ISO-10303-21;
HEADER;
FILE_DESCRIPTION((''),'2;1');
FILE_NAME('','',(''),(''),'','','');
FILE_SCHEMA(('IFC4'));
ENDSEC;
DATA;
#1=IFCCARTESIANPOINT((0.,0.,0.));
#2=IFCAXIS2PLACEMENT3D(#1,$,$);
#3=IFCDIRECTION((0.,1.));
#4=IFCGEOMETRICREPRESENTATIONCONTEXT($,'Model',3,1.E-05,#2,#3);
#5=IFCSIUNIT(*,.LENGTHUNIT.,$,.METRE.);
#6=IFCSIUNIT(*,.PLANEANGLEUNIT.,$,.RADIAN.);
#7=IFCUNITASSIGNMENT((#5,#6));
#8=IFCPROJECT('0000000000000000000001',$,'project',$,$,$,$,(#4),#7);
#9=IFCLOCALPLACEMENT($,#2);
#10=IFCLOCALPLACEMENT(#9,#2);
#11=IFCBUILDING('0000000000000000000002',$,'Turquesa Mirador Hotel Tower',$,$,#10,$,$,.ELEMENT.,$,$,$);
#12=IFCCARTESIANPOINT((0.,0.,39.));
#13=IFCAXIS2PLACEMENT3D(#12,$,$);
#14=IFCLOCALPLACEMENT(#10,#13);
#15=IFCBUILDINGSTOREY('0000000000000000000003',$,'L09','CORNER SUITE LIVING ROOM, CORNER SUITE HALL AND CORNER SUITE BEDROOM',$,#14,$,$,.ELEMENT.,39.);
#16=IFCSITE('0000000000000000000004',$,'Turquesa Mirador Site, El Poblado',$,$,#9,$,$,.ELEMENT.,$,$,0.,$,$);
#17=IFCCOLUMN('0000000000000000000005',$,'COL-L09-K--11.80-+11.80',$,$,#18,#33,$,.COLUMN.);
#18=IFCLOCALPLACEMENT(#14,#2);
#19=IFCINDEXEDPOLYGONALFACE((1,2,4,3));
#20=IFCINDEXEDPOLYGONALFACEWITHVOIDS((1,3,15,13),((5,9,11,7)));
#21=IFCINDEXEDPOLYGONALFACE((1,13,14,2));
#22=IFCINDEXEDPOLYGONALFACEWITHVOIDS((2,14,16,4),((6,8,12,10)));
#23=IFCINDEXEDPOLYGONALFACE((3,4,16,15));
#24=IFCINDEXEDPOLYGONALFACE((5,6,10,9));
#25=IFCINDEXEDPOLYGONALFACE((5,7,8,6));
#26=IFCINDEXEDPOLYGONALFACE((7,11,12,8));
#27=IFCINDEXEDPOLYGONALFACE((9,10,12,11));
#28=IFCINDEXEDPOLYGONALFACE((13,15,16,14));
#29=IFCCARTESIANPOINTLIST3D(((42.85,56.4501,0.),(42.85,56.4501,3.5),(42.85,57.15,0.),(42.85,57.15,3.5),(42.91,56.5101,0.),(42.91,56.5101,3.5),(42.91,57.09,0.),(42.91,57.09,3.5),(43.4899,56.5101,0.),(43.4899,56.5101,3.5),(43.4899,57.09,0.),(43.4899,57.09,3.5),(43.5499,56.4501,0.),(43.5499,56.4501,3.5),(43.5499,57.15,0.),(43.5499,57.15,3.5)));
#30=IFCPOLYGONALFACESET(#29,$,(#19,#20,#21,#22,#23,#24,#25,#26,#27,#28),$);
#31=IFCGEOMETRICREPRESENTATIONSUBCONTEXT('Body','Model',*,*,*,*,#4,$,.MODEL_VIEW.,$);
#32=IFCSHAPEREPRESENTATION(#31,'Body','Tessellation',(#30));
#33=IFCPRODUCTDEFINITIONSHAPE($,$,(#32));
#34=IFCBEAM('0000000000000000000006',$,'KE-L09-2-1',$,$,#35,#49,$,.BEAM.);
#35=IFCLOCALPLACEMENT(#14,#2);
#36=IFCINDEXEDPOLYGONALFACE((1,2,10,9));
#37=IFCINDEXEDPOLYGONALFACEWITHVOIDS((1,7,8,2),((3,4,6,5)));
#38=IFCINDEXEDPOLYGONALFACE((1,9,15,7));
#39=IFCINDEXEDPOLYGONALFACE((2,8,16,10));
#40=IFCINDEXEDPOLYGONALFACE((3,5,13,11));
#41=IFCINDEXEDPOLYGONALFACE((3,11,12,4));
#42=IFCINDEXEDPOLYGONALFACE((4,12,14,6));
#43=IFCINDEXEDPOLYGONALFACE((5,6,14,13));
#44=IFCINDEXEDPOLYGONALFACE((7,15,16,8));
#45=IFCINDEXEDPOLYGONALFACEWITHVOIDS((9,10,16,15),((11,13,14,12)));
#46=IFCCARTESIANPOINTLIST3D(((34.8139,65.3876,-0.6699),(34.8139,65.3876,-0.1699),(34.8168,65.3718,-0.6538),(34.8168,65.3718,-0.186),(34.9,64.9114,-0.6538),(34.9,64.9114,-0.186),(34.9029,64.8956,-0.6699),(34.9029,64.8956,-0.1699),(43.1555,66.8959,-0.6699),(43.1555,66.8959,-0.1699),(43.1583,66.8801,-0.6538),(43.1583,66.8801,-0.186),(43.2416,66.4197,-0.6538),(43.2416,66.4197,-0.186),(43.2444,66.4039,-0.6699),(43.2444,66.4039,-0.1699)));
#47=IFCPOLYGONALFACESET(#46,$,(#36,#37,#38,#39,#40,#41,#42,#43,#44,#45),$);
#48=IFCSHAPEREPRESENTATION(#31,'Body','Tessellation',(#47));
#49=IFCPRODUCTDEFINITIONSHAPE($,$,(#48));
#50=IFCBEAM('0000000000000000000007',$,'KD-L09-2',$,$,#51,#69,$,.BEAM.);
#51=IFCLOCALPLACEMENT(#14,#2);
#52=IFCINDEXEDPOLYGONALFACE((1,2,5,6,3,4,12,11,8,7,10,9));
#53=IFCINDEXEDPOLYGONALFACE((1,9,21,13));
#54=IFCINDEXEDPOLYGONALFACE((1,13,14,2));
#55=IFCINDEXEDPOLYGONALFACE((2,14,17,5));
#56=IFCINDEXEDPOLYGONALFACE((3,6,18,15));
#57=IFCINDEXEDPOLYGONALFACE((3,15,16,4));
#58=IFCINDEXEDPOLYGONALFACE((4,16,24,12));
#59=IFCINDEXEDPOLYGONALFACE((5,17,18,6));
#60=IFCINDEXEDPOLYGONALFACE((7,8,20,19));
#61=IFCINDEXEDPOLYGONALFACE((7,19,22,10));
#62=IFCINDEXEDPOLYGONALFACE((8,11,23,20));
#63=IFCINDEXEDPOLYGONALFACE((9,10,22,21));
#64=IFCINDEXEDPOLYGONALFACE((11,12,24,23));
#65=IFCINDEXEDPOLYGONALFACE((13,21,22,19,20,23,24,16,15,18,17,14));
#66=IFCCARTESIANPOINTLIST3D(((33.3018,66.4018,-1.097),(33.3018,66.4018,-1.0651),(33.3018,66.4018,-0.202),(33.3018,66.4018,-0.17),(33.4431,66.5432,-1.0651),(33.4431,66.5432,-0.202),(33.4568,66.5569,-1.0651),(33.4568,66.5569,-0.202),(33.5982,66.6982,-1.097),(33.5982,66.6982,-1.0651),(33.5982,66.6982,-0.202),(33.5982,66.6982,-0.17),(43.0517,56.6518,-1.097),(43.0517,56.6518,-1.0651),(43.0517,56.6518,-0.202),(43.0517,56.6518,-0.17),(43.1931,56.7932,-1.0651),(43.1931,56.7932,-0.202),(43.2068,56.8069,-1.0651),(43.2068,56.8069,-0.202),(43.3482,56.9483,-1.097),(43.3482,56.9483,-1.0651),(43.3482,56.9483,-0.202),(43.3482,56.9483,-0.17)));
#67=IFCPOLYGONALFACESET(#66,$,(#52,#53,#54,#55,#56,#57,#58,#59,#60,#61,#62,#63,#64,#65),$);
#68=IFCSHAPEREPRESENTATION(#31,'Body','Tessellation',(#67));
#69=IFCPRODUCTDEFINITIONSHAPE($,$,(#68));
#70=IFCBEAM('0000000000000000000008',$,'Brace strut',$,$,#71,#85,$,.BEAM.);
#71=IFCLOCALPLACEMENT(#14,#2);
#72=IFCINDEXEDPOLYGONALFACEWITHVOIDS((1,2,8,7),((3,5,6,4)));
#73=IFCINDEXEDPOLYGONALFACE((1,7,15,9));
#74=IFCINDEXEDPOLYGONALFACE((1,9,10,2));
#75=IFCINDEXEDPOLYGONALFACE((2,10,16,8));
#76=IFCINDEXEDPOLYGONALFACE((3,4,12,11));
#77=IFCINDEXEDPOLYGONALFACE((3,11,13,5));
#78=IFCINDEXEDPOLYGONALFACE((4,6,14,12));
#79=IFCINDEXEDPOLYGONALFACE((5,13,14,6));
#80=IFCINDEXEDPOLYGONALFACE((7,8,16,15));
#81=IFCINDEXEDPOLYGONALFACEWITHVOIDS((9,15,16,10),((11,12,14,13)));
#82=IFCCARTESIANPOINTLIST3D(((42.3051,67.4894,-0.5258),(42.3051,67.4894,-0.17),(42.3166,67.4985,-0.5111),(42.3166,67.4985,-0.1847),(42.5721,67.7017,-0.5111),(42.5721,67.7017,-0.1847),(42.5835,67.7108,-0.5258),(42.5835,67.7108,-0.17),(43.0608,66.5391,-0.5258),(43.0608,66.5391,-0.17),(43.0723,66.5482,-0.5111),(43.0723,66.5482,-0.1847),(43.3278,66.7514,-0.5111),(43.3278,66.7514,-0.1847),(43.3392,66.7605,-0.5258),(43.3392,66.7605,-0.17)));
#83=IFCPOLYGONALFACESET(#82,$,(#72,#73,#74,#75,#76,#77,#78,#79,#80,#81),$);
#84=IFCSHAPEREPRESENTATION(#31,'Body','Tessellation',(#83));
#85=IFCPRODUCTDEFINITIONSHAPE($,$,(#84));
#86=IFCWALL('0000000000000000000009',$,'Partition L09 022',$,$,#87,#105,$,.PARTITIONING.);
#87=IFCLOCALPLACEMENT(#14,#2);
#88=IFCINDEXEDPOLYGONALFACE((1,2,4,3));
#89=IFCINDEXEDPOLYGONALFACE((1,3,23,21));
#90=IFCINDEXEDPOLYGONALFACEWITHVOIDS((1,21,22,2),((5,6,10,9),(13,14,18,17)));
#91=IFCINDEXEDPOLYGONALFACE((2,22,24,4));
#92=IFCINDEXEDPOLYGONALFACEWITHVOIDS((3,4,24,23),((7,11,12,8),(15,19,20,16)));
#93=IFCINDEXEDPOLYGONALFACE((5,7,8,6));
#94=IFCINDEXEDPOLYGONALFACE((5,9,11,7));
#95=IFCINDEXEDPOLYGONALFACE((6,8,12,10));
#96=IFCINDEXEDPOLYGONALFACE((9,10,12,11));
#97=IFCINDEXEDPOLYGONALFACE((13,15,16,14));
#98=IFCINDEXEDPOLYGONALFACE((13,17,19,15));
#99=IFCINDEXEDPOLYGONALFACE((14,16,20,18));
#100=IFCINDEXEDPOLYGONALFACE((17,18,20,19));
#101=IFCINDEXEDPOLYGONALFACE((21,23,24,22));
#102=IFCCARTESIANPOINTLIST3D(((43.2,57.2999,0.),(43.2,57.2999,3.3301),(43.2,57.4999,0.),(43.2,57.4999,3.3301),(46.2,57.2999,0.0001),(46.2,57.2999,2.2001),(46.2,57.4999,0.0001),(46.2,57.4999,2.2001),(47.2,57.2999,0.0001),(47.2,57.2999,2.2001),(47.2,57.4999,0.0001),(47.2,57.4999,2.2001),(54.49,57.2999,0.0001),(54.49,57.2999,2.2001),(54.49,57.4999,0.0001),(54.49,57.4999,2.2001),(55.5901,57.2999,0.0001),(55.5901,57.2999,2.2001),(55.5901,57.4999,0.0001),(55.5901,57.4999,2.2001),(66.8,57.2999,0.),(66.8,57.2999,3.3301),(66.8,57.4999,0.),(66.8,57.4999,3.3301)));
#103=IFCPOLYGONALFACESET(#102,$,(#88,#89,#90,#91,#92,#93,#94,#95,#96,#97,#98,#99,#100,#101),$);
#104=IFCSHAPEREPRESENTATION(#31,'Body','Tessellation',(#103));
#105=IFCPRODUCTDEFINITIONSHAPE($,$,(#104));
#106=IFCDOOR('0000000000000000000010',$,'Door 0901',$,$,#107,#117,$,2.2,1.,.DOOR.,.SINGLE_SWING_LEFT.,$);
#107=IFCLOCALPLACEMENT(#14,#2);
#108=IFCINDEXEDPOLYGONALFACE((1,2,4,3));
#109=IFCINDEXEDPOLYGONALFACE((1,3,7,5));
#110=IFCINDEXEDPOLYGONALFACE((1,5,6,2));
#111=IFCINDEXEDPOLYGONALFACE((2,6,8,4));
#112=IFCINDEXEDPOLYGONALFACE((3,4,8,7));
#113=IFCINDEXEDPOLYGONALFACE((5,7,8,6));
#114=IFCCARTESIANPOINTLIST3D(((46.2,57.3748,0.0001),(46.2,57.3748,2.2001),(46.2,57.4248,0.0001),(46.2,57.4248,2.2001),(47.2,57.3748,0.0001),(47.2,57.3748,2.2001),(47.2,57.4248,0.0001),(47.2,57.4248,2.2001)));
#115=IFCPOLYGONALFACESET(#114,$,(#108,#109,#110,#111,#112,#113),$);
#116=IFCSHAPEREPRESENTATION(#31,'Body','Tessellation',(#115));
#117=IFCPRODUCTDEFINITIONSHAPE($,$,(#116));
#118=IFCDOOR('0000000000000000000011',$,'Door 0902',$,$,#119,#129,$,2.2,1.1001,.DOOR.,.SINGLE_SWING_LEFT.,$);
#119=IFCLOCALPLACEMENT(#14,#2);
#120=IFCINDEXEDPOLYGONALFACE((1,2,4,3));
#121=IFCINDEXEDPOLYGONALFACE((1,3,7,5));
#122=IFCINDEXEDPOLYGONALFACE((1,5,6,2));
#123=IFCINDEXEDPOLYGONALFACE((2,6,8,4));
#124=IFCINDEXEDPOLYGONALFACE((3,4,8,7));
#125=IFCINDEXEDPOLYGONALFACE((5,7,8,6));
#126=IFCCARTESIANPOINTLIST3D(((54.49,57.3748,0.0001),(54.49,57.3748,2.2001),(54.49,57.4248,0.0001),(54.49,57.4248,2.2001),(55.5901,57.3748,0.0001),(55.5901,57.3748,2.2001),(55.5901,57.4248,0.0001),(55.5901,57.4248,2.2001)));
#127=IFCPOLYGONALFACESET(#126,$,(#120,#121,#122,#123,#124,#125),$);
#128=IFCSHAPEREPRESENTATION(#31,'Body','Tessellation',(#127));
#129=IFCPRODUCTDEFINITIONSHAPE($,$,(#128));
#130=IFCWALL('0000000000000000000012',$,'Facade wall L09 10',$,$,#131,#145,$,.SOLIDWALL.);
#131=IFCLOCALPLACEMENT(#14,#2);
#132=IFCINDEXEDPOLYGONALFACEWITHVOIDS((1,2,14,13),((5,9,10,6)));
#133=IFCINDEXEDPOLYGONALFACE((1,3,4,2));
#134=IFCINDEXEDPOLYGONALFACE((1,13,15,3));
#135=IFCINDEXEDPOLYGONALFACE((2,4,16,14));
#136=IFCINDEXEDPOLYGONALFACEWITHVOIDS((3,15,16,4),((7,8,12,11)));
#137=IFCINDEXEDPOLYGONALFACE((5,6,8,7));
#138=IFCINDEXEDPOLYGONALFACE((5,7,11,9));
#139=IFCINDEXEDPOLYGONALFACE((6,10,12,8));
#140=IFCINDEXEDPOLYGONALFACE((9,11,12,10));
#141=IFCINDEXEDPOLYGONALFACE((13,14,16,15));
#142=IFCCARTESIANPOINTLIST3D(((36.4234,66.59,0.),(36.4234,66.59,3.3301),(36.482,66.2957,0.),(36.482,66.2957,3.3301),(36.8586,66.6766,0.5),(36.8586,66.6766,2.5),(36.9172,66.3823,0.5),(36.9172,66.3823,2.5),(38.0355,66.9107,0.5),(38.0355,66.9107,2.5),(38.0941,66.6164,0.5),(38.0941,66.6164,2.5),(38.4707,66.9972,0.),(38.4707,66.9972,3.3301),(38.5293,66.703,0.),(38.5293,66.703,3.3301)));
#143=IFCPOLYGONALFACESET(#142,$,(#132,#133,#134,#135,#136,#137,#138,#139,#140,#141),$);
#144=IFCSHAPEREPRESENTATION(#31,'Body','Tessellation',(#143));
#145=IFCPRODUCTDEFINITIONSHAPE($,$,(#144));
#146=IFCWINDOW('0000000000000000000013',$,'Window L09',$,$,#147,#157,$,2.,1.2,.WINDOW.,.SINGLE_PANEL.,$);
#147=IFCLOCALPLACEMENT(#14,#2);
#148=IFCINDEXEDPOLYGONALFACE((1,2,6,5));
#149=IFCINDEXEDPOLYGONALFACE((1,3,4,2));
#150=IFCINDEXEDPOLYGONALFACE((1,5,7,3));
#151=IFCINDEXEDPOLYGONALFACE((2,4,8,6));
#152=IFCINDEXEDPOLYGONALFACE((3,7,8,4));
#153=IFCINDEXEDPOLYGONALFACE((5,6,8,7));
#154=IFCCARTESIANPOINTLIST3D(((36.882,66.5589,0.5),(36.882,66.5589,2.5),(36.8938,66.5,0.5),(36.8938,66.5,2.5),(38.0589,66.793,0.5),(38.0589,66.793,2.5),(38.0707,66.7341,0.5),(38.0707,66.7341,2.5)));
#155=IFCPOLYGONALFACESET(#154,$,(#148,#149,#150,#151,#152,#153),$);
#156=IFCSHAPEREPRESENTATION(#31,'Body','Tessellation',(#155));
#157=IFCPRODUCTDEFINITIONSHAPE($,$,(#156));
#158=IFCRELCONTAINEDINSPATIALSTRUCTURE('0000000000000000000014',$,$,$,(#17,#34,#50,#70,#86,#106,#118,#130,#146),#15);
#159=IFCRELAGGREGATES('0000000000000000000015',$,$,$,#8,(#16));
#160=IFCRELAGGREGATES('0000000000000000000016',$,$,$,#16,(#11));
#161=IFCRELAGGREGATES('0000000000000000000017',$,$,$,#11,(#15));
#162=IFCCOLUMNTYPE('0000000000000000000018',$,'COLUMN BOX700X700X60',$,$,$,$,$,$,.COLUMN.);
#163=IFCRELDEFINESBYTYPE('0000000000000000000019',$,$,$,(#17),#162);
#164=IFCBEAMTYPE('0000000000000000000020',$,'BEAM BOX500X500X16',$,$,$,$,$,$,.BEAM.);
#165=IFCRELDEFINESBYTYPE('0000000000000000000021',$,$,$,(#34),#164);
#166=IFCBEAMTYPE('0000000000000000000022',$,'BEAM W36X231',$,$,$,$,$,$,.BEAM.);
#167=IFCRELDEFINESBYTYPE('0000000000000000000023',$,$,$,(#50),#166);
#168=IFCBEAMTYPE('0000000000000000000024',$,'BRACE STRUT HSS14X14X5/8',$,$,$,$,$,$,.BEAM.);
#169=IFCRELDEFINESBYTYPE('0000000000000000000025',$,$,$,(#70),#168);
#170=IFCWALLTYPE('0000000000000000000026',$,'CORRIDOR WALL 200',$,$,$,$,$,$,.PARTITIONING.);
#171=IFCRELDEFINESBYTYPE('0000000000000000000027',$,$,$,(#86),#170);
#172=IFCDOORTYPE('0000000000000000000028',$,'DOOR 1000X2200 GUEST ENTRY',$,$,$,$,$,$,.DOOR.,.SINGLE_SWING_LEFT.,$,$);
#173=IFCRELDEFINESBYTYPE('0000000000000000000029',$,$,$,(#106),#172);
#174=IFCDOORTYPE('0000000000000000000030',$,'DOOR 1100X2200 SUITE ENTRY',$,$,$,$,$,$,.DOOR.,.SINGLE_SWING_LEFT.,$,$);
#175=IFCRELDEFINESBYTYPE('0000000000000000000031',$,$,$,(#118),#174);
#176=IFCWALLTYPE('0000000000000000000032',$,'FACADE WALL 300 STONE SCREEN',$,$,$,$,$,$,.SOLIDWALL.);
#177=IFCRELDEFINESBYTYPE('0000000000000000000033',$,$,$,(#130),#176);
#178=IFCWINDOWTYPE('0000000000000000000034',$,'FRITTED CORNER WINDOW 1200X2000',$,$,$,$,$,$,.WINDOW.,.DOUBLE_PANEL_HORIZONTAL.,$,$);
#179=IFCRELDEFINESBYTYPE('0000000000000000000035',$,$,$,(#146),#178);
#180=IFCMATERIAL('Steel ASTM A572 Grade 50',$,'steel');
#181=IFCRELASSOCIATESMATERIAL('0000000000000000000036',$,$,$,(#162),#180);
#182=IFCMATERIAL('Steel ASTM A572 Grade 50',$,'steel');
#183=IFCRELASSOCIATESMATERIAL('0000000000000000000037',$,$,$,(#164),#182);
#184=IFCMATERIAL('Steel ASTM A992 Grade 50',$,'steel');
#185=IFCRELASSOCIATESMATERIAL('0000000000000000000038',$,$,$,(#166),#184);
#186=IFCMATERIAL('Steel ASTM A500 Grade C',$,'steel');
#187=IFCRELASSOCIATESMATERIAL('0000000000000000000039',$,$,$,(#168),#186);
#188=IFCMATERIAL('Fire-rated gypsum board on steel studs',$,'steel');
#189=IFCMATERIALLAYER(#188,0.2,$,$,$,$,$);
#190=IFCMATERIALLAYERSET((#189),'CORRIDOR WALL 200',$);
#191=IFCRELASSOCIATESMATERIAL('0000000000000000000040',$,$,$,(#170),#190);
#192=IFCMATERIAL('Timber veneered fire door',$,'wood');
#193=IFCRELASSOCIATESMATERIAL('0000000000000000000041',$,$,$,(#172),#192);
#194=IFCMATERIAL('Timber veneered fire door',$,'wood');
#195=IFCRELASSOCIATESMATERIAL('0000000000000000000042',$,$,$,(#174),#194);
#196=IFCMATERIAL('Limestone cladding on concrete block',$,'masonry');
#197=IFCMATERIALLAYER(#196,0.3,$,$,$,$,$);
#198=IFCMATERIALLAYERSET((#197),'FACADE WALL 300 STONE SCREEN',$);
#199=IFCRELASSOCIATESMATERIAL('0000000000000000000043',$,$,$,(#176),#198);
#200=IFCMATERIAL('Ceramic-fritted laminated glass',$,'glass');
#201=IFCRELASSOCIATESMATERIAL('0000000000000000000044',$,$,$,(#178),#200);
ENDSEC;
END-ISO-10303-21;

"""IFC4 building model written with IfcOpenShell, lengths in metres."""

from ifc_helpers import new_model, si_unit, direction, frame, frame_2d, origin, origin_2d, place, context, subcontext, project, spatial, rectangle, hollow_rectangle, i_section, extrude, material, layer, layer_set, material_profile, profile_set, type_object, element, fill, save


model = new_model("IFC4")

# Units and contexts
model_context = context("Model", 3, precision=1e-05, world=origin(), true_north=direction((0.0, 1.0)))
body_context = subcontext(model_context, "Body", "Model", "MODEL_VIEW")
ifc_project = project(units=[si_unit("LENGTHUNIT", "METRE"), si_unit("PLANEANGLEUNIT", "RADIAN")], contexts=[model_context])

# Site, building, storey
site_placement = place(None, origin())
site = spatial("IfcSite", under=ifc_project, at=site_placement, Name="Turquesa Mirador Site, El Poblado", CompositionType="ELEMENT", RefElevation=0.0)
building_placement = place(site_placement, origin())
building = spatial("IfcBuilding", under=site, at=building_placement, Name="Turquesa Mirador Hotel Tower", CompositionType="ELEMENT")
storey_placement = place(building_placement, frame((0.0, 0.0, 39.0)))
storey = spatial("IfcBuildingStorey", under=building, at=storey_placement, Name="L09", Description="CORNER SUITE LIVING ROOM, CORNER SUITE HALL AND CORNER SUITE BEDROOM", CompositionType="ELEMENT", Elevation=39.0)

# Column
ifc_material_1 = material(Name="Steel ASTM A572 Grade 50", Category="steel")
ifc_material_profile_1 = material_profile(ifc_material_1, hollow_rectangle(XDim=0.7, YDim=0.7, WallThickness=0.0601, at=origin_2d()), Name="BOX700X700X60")
ifc_profile_set_1 = profile_set([ifc_material_profile_1], Name="Steel ASTM A572 Grade 50")
column_type = type_object("IfcColumnType", Name="COLUMN BOX700X700X60", PredefinedType="COLUMN", material=ifc_profile_set_1)
column_placement = place(storey_placement, frame((43.2, 56.8, 0.0), z_axis=(0.0, 0.0, 1.0), x_axis=(1.0, 0.0, 0.0)))
element("IfcColumn", 1, at=column_placement, inside=storey, type_object=column_type, Name="COL-L09-K--11.80-+11.80", PredefinedType="COLUMN", context=body_context, shape_type="SweptSolid", body=[
    extrude(hollow_rectangle(XDim=0.7, YDim=0.7, WallThickness=0.0601, at=origin_2d()), origin(), (0.0, 0.0, 1.0), 3.5),
])

# Beams
ifc_material_2 = material(Name="Steel ASTM A572 Grade 50", Category="steel")
ifc_material_profile_2 = material_profile(ifc_material_2, hollow_rectangle(XDim=0.5, YDim=0.5, WallThickness=0.0161, at=origin_2d()), Name="BOX500X500X16")
ifc_profile_set_2 = profile_set([ifc_material_profile_2], Name="Steel ASTM A572 Grade 50")
beam_type_1 = type_object("IfcBeamType", Name="BEAM BOX500X500X16", PredefinedType="BEAM", material=ifc_profile_set_2)
beam_1_placement = place(storey_placement, frame((34.8584, 65.1416, -0.4199), z_axis=(0.984043, 0.177932, 0.0), x_axis=(-0.177932, 0.984043, 0.0)))
element("IfcBeam", 2, at=beam_1_placement, inside=storey, type_object=beam_type_1, Name="KE-L09-2-1", PredefinedType="BEAM", context=body_context, shape_type="SweptSolid", body=[
    extrude(hollow_rectangle(XDim=0.5, YDim=0.5, WallThickness=0.0161, at=origin_2d()), origin(), (0.0, 0.0, 1.0), 8.4768),
])
ifc_material_3 = material(Name="Steel ASTM A992 Grade 50", Category="steel")
ifc_material_profile_3 = material_profile(ifc_material_3, i_section(OverallWidth=0.4192, OverallDepth=0.927, WebThickness=0.0193, FlangeThickness=0.032, at=origin_2d()), Name="W36X231")
ifc_profile_set_3 = profile_set([ifc_material_profile_3], Name="Steel ASTM A992 Grade 50")
beam_type_2 = type_object("IfcBeamType", Name="BEAM W36X231", PredefinedType="BEAM", material=ifc_profile_set_3)
beam_2_placement = place(storey_placement, frame((43.2, 56.8, -0.6335), z_axis=(-0.707107, 0.707107, 0.0), x_axis=(-0.707107, -0.707107, 0.0)))
element("IfcBeam", 3, at=beam_2_placement, inside=storey, type_object=beam_type_2, Name="KD-L09-2", PredefinedType="BEAM", context=body_context, shape_type="SweptSolid", body=[
    extrude(i_section(OverallWidth=0.4192, OverallDepth=0.927, WebThickness=0.0193, FlangeThickness=0.032, at=origin_2d()), origin(), (0.0, 0.0, 1.0), 13.7886),
])
ifc_material_4 = material(Name="Steel ASTM A500 Grade C", Category="steel")
ifc_material_profile_4 = material_profile(ifc_material_4, hollow_rectangle(XDim=0.3557, YDim=0.3557, WallThickness=0.0146, at=origin_2d()), Name="HSS14X14X5/8")
ifc_profile_set_4 = profile_set([ifc_material_profile_4], Name="Steel ASTM A500 Grade C")
beam_type_3 = type_object("IfcBeamType", Name="BRACE STRUT HSS14X14X5/8", PredefinedType="BEAM", material=ifc_profile_set_4)
beam_3_placement = place(storey_placement, frame((42.4443, 67.6001, -0.3479), z_axis=(0.622412, -0.78269, 0.0), x_axis=(0.78269, 0.622412, 0.0)))
element("IfcBeam", 4, at=beam_3_placement, inside=storey, type_object=beam_type_3, Name="Brace strut", PredefinedType="BEAM", context=body_context, shape_type="SweptSolid", body=[
    extrude(hollow_rectangle(XDim=0.3557, YDim=0.3557, WallThickness=0.0146, at=origin_2d()), origin(), (0.0, 0.0, 1.0), 1.2141),
])

# Wall, openings, doors
ifc_material_5 = material(Name="Fire-rated gypsum board on steel studs", Category="steel")
ifc_layer_1 = layer(ifc_material_5, 0.2)
ifc_layer_set_1 = layer_set([ifc_layer_1], Name="CORRIDOR WALL 200")
wall_type_1 = type_object("IfcWallType", Name="CORRIDOR WALL 200", PredefinedType="PARTITIONING", material=ifc_layer_set_1)
wall_1_placement = place(storey_placement, frame((43.2, 57.3999, 0.0), z_axis=(0.0, 0.0, 1.0), x_axis=(1.0, 0.0, 0.0)))
wall_1 = element("IfcWall", 5, at=wall_1_placement, inside=storey, type_object=wall_type_1, Name="Partition L09 022", PredefinedType="PARTITIONING", context=body_context, shape_type="SweptSolid", body=[
    extrude(rectangle(XDim=23.6001, YDim=0.2, at=frame_2d((11.8, 0.0))), origin(), (0.0, 0.0, 1.0), 3.3301),
])
opening_1_placement = place(wall_1_placement, frame((3.0, 0.0, 0.0)))
opening_1 = element("IfcOpeningElement", 6, at=opening_1_placement, cuts=wall_1, PredefinedType="OPENING", context=body_context, shape_type="SweptSolid", body=[
    extrude(rectangle(XDim=1.0, YDim=2.2, at=frame_2d((0.5, 1.1001))), frame((0.0, 0.1099, 0.0), z_axis=(0.0, -1.0, 0.0), x_axis=(1.0, 0.0, 0.0)), (0.0, 0.0, 1.0), 0.22),
])
opening_2_placement = place(wall_1_placement, frame((11.29, 0.0, 0.0)))
opening_2 = element("IfcOpeningElement", 7, at=opening_2_placement, cuts=wall_1, PredefinedType="OPENING", context=body_context, shape_type="SweptSolid", body=[
    extrude(rectangle(XDim=1.1001, YDim=2.2, at=frame_2d((0.55, 1.1001))), frame((0.0, 0.1099, 0.0), z_axis=(0.0, -1.0, 0.0), x_axis=(1.0, 0.0, 0.0)), (0.0, 0.0, 1.0), 0.22),
])
ifc_material_6 = material(Name="Timber veneered fire door", Category="wood")
door_type_1 = type_object("IfcDoorType", Name="DOOR 1000X2200 GUEST ENTRY", OperationType="SINGLE_SWING_LEFT", PredefinedType="DOOR", material=ifc_material_6)
door_1_placement = place(opening_1_placement, origin())
door_1 = element("IfcDoor", 8, at=door_1_placement, inside=storey, type_object=door_type_1, Name="Door 0901", OperationType="SINGLE_SWING_LEFT", OverallHeight=2.2, OverallWidth=1.0, PredefinedType="DOOR", context=body_context, shape_type="SweptSolid", body=[
    extrude(rectangle(XDim=1.0, YDim=2.2, at=frame_2d((0.5, 1.1001))), frame((0.0, 0.0249, 0.0), z_axis=(0.0, -1.0, 0.0), x_axis=(1.0, 0.0, 0.0)), (0.0, 0.0, 1.0), 0.05),
])
fill(opening_1, door_1)
ifc_material_7 = material(Name="Timber veneered fire door", Category="wood")
door_type_2 = type_object("IfcDoorType", Name="DOOR 1100X2200 SUITE ENTRY", OperationType="SINGLE_SWING_LEFT", PredefinedType="DOOR", material=ifc_material_7)
door_2_placement = place(opening_2_placement, origin())
door_2 = element("IfcDoor", 9, at=door_2_placement, inside=storey, type_object=door_type_2, Name="Door 0902", OperationType="SINGLE_SWING_LEFT", OverallHeight=2.2, OverallWidth=1.1001, PredefinedType="DOOR", context=body_context, shape_type="SweptSolid", body=[
    extrude(rectangle(XDim=1.1001, YDim=2.2, at=frame_2d((0.55, 1.1001))), frame((0.0, 0.0249, 0.0), z_axis=(0.0, -1.0, 0.0), x_axis=(1.0, 0.0, 0.0)), (0.0, 0.0, 1.0), 0.05),
])
fill(opening_2, door_2)

# Wall, opening, window
ifc_material_8 = material(Name="Limestone cladding on concrete block", Category="masonry")
ifc_layer_2 = layer(ifc_material_8, 0.3)
ifc_layer_set_2 = layer_set([ifc_layer_2], Name="FACADE WALL 300 STONE SCREEN")
wall_type_2 = type_object("IfcWallType", Name="FACADE WALL 300 STONE SCREEN", PredefinedType="SOLIDWALL", material=ifc_layer_set_2)
wall_2_placement = place(storey_placement, frame((38.5, 66.8501, 0.0), z_axis=(0.0, 0.0, 1.0), x_axis=(-0.980787, -0.195081, 0.0)))
wall_2 = element("IfcWall", 10, at=wall_2_placement, inside=storey, type_object=wall_type_2, Name="Facade wall L09 10", PredefinedType="SOLIDWALL", context=body_context, shape_type="SweptSolid", body=[
    extrude(rectangle(XDim=2.0874, YDim=0.3, at=frame_2d((1.0437, 0.0))), origin(), (0.0, 0.0, 1.0), 3.3301),
])
opening_3_placement = place(wall_2_placement, frame((0.4436, 0.0, 0.5)))
opening_3 = element("IfcOpeningElement", 11, at=opening_3_placement, cuts=wall_2, PredefinedType="OPENING", context=body_context, shape_type="SweptSolid", body=[
    extrude(rectangle(XDim=1.2, YDim=2.0, at=frame_2d((0.6001, 1.0))), frame((0.0, 0.1599, 0.0), z_axis=(0.0, -1.0, 0.0), x_axis=(1.0, 0.0, 0.0)), (0.0, 0.0, 1.0), 0.3201),
])
ifc_material_9 = material(Name="Ceramic-fritted laminated glass", Category="glass")
window_type = type_object("IfcWindowType", Name="FRITTED CORNER WINDOW 1200X2000", PartitioningType="DOUBLE_PANEL_HORIZONTAL", PredefinedType="WINDOW", material=ifc_material_9)
window_1_placement = place(opening_3_placement, origin())
window_1 = element("IfcWindow", 12, at=window_1_placement, inside=storey, type_object=window_type, Name="Window L09", OverallHeight=2.0, OverallWidth=1.2, PartitioningType="SINGLE_PANEL", PredefinedType="WINDOW", context=body_context, shape_type="SweptSolid", body=[
    extrude(rectangle(XDim=1.2, YDim=2.0, at=frame_2d((0.6001, 1.0))), frame((0.0, 0.03, 0.0), z_axis=(0.0, -1.0, 0.0), x_axis=(1.0, 0.0, 0.0)), (0.0, 0.0, 1.0), 0.0601),
])
fill(opening_3, window_1)

save(model, "model.ifc")
